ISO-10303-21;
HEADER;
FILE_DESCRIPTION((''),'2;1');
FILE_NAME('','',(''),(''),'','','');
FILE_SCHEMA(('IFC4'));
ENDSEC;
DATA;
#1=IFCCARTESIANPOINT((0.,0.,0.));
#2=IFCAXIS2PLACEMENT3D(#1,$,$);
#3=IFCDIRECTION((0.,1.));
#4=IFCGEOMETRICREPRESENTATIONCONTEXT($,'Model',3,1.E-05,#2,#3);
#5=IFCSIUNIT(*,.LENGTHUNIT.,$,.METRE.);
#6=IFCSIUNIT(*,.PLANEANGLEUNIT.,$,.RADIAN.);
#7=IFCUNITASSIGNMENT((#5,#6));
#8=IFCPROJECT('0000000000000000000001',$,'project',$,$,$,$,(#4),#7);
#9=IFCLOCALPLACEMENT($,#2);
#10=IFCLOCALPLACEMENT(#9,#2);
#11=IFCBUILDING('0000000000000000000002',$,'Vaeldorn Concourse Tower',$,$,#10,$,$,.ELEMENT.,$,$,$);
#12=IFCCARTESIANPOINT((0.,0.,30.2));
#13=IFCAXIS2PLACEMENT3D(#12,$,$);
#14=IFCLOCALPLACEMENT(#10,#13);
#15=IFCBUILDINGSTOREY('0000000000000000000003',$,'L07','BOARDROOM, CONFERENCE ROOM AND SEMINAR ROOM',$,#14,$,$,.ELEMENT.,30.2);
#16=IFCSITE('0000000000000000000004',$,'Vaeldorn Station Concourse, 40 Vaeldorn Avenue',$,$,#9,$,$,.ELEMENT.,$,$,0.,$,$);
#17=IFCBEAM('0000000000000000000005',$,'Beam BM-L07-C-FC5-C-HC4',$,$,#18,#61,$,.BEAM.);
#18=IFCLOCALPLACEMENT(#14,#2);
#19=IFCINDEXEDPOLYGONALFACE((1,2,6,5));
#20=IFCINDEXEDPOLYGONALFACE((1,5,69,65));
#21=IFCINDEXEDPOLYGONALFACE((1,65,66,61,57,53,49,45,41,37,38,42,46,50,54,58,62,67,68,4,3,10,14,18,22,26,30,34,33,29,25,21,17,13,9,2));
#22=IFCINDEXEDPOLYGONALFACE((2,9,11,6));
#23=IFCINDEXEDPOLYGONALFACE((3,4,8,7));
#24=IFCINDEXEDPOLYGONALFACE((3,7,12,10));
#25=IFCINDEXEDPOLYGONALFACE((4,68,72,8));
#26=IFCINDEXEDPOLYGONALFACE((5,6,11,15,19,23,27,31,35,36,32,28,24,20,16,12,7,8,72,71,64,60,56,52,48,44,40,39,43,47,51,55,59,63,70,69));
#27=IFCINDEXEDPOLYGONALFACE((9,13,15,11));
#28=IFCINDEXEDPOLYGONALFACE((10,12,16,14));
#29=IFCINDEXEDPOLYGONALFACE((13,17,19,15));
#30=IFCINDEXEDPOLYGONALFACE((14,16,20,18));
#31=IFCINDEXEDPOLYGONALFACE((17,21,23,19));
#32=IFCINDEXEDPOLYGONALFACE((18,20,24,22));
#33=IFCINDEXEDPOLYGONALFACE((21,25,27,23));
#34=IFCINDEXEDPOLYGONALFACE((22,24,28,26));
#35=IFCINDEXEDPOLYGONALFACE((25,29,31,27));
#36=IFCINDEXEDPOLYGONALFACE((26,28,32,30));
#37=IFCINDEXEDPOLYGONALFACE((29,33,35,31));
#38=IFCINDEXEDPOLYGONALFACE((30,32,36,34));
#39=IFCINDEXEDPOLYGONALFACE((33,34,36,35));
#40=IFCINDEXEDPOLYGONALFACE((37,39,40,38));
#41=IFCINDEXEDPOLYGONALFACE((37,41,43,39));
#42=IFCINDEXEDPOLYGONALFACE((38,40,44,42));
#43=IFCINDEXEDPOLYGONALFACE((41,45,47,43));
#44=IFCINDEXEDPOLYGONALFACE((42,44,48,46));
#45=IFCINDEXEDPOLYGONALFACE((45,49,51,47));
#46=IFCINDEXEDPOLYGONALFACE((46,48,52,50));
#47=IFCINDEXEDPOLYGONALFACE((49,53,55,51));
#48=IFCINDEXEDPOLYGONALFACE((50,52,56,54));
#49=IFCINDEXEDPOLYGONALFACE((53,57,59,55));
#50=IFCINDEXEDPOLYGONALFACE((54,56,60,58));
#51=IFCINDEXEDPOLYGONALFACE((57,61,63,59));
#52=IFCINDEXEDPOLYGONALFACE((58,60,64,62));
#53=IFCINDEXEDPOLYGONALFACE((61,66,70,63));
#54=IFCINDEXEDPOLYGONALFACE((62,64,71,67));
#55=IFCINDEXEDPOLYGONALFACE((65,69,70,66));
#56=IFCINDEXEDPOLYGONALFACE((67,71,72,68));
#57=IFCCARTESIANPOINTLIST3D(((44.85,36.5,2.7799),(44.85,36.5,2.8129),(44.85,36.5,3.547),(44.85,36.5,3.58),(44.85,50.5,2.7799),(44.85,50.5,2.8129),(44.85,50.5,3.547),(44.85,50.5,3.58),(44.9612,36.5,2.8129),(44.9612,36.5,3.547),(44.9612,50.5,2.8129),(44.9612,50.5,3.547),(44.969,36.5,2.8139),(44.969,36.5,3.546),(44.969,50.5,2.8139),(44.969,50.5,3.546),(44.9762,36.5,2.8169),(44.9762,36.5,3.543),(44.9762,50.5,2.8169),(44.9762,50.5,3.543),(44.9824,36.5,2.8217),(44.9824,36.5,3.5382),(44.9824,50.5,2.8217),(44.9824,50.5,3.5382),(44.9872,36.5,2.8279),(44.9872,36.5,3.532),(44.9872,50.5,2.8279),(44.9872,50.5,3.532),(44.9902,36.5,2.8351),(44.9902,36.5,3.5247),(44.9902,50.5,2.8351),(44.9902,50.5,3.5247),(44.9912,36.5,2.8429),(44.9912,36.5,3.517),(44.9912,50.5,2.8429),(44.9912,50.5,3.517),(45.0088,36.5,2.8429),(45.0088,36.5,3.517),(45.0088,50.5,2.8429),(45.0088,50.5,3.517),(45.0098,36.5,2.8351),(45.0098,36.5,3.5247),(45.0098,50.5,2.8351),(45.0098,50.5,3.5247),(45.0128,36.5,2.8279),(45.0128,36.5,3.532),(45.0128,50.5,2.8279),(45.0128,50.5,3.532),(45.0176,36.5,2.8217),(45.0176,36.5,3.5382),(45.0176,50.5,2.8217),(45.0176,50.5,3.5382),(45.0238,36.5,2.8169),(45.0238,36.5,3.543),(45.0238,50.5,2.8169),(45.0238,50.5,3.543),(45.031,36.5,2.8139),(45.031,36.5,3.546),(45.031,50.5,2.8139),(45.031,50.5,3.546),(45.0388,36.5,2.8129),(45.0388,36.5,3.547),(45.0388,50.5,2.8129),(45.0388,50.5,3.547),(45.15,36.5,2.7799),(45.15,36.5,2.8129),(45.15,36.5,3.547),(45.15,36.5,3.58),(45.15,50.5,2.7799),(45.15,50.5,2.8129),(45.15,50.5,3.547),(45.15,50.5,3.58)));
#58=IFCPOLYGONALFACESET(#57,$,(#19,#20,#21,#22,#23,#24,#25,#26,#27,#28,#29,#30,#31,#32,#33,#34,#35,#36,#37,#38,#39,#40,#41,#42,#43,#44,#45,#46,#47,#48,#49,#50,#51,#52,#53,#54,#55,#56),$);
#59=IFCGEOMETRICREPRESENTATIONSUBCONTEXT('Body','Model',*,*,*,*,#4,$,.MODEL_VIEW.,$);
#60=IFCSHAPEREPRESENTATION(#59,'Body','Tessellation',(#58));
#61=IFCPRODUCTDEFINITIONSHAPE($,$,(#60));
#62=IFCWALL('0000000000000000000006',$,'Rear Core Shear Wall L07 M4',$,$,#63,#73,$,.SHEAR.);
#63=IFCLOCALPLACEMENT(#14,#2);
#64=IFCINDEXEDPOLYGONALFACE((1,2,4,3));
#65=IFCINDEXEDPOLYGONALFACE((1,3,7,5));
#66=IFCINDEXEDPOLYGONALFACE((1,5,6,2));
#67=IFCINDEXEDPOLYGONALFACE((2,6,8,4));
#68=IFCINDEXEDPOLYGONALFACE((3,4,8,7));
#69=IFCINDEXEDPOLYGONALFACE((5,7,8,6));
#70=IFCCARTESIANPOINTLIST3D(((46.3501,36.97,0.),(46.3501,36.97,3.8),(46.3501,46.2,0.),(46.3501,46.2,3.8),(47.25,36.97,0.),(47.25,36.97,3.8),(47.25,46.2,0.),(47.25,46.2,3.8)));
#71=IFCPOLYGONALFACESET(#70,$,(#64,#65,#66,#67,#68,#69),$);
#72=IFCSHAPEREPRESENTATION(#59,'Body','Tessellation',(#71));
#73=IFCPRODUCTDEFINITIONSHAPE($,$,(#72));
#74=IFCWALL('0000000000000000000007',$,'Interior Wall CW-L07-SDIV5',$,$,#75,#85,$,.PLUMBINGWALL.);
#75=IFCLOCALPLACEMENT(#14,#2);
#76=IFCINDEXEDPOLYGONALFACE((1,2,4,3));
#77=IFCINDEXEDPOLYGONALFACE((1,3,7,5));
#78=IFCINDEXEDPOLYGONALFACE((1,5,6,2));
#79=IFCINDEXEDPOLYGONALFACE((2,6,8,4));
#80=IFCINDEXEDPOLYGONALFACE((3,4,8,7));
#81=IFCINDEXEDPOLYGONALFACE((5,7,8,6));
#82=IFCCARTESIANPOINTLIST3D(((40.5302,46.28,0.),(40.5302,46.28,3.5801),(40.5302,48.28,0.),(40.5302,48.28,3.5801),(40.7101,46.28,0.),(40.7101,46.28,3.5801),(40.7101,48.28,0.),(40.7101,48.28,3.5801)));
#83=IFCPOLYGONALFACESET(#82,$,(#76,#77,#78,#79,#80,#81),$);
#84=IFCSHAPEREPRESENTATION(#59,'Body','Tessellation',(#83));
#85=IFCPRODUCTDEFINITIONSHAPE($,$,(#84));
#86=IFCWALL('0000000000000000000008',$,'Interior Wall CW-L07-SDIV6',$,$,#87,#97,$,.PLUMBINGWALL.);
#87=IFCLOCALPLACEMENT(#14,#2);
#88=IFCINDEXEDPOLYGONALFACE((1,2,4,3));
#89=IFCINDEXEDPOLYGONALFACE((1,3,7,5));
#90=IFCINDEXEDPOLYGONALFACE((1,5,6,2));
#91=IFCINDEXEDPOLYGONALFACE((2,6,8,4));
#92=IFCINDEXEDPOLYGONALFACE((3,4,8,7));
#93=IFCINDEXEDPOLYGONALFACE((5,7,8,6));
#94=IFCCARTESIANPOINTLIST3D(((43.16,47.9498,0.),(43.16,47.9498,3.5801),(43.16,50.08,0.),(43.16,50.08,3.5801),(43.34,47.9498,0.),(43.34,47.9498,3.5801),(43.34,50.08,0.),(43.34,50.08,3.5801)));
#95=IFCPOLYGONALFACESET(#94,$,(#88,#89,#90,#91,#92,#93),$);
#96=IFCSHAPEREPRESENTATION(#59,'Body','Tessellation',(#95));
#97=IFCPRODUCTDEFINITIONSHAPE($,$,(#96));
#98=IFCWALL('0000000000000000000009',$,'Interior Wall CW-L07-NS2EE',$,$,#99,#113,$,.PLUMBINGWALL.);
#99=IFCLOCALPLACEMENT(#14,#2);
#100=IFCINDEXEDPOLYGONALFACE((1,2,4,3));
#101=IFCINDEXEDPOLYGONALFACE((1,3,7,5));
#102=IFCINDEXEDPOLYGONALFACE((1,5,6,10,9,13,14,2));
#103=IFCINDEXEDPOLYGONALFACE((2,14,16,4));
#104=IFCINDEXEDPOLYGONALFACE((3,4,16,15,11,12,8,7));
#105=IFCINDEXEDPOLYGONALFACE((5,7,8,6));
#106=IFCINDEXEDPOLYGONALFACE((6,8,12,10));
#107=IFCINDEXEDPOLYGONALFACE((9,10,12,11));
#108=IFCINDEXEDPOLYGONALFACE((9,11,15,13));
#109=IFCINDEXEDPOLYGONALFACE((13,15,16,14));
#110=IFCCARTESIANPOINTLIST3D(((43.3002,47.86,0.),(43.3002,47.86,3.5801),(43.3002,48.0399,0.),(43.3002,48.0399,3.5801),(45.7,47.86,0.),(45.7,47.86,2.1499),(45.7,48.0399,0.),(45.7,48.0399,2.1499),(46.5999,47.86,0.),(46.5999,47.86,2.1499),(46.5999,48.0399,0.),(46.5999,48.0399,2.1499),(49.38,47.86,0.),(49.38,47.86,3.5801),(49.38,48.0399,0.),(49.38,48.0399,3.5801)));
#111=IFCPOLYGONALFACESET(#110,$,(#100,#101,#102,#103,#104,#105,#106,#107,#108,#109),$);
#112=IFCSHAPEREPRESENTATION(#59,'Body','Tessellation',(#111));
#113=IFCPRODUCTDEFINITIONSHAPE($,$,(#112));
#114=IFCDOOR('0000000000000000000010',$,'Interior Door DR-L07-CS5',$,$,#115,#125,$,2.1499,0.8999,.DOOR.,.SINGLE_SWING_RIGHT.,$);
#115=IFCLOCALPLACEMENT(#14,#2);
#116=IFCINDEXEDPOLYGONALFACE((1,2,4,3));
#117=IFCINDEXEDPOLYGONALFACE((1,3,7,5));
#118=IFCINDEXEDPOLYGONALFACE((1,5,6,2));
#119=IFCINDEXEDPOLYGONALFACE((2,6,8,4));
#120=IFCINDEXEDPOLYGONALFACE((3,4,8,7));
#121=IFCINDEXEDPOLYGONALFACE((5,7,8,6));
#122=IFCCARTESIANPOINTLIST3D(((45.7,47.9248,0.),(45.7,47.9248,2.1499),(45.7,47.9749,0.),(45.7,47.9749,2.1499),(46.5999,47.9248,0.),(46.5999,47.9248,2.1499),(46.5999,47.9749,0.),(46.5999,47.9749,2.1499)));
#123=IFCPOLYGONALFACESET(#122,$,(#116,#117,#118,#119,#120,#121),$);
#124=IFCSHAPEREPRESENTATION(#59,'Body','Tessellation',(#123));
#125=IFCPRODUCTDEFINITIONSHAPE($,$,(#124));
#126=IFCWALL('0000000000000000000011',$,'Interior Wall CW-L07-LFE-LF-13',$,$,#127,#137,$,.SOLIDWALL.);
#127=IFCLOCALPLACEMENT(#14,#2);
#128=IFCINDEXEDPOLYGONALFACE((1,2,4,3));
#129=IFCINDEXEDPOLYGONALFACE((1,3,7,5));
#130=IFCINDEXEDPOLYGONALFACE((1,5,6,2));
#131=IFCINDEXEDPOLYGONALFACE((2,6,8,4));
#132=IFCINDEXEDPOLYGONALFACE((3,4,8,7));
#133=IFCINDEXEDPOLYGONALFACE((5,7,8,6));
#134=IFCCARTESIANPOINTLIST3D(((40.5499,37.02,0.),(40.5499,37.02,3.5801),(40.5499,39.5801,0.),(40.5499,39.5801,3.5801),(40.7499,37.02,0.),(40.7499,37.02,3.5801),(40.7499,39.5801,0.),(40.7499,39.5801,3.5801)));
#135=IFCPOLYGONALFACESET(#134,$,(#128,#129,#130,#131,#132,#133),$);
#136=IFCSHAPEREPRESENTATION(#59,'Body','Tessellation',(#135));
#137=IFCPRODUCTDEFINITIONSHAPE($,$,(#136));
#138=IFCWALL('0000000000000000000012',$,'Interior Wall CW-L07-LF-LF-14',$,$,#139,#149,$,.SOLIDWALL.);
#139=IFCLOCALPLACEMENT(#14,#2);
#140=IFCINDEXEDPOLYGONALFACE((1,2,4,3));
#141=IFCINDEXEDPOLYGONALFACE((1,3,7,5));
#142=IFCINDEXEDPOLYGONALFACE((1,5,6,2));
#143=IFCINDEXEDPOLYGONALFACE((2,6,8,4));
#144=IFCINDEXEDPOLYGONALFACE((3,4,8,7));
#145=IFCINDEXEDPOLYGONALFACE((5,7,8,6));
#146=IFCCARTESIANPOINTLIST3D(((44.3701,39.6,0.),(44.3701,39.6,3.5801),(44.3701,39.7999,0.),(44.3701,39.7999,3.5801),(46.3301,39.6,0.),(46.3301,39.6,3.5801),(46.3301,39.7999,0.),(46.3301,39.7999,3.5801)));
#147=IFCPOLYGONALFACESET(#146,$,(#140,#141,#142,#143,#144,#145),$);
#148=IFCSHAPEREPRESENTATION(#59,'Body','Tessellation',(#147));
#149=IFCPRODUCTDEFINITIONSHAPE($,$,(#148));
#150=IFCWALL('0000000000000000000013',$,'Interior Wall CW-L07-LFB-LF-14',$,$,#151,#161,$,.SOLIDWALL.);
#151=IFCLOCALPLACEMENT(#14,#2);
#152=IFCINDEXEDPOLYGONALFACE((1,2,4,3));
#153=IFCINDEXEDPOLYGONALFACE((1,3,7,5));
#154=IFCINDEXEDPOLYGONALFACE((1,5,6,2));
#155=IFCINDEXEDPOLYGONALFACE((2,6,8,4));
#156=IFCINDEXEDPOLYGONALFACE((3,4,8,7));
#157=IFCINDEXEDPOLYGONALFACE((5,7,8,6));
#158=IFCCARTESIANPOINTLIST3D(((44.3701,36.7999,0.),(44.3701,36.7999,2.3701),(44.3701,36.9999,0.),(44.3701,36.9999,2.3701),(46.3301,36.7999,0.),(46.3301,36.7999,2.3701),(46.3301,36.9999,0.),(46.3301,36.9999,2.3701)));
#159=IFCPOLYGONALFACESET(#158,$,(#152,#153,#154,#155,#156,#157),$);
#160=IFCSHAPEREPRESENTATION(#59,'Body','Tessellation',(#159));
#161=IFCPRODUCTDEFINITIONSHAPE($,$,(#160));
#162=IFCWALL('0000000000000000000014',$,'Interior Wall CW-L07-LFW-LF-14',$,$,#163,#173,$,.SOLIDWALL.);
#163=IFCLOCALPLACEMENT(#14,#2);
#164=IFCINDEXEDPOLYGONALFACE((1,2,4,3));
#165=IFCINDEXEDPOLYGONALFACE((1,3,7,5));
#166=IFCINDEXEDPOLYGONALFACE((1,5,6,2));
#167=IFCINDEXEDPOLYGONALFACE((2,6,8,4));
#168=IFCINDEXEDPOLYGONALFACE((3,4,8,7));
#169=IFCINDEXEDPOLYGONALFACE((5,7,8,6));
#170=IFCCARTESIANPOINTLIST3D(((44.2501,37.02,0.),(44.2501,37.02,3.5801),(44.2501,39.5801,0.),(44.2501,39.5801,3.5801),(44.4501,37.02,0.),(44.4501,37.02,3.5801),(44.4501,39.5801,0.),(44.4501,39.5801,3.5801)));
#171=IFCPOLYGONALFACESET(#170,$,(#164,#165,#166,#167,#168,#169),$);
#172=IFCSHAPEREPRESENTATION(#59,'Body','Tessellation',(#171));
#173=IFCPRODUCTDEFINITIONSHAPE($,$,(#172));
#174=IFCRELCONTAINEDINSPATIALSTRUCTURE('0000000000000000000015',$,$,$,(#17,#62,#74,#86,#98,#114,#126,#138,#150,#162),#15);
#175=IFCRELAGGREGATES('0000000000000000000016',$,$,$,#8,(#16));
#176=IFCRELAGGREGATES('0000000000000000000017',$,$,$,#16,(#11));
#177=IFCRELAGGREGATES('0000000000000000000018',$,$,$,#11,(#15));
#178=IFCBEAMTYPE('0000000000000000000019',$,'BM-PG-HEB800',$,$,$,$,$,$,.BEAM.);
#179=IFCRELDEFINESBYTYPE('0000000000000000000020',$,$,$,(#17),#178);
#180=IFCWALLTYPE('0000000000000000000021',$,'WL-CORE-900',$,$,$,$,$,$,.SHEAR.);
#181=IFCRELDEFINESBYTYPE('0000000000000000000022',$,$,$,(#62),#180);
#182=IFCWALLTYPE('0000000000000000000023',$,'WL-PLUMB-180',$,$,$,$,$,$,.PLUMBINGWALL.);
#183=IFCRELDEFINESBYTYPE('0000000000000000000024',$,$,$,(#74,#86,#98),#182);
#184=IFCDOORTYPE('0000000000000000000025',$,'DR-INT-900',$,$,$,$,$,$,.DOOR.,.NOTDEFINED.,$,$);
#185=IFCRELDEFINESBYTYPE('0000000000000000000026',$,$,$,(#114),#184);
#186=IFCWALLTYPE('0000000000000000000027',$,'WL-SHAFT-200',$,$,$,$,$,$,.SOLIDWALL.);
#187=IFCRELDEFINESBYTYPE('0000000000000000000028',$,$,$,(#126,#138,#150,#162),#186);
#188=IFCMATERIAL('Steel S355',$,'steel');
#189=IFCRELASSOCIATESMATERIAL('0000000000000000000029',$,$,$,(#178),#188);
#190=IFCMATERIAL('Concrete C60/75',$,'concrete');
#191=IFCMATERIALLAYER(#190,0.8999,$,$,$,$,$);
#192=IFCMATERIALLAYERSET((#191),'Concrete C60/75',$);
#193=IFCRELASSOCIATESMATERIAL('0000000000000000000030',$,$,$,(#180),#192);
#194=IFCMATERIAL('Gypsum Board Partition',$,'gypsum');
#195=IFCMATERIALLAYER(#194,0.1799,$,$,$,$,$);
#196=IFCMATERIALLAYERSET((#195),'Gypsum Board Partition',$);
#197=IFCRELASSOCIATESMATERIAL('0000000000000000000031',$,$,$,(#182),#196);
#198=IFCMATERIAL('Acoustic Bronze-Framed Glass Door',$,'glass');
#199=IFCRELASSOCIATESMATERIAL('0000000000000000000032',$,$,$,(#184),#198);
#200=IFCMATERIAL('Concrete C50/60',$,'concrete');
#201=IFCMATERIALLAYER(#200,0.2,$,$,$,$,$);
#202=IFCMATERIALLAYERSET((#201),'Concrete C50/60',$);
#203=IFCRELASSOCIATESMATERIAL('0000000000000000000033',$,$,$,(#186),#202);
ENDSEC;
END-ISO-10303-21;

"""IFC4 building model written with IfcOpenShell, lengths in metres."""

from ifc_helpers import new_model, si_unit, direction, frame, frame_2d, origin, origin_2d, place, context, subcontext, project, spatial, rectangle, i_section, extrude, source, transform, mapped, material, layer, layer_set, material_profile, profile_set, type_object, element, fill, save


model = new_model("IFC4")

# Units and contexts
model_context = context("Model", 3, precision=1e-05, world=origin(), true_north=direction((0.0, 1.0)))
body_context = subcontext(model_context, "Body", "Model", "MODEL_VIEW")
ifc_project = project(units=[si_unit("LENGTHUNIT", "METRE"), si_unit("PLANEANGLEUNIT", "RADIAN")], contexts=[model_context])

# Site, building, storey
site_placement = place(None, origin())
site = spatial("IfcSite", under=ifc_project, at=site_placement, Name="Vaeldorn Station Concourse, 40 Vaeldorn Avenue", CompositionType="ELEMENT", RefElevation=0.0)
building_placement = place(site_placement, origin())
building = spatial("IfcBuilding", under=site, at=building_placement, Name="Vaeldorn Concourse Tower", CompositionType="ELEMENT")
storey_placement = place(building_placement, frame((0.0, 0.0, 30.2)))
storey = spatial("IfcBuildingStorey", under=building, at=storey_placement, Name="L07", Description="BOARDROOM, CONFERENCE ROOM AND SEMINAR ROOM", CompositionType="ELEMENT", Elevation=30.2)

# Beam
ifc_material_1 = material(Name="Concrete C60/75", Category="concrete")
ifc_material_2 = material(Name="Steel S355", Category="steel")
ifc_material_profile_1 = material_profile(ifc_material_2, i_section(OverallWidth=0.3, OverallDepth=0.8, WebThickness=0.0176, FlangeThickness=0.033, FilletRadius=0.03, at=origin_2d()), Name="HEB 800")
ifc_profile_set_1 = profile_set([ifc_material_profile_1], Name="Steel S355")
beam_type_1 = type_object("IfcBeamType", Name="BM-PG-HEB800", PredefinedType="BEAM", material=ifc_profile_set_1)
shared_shape_1 = source(origin(), body_context, "Body", "SweptSolid", [
    extrude(i_section(OverallWidth=0.3, OverallDepth=0.8, WebThickness=0.0176, FlangeThickness=0.033, FilletRadius=0.03, at=origin_2d()), origin(), (0.0, 0.0, 1.0), 14.0),
])
beam_1_placement = place(storey_placement, frame((45.0, 36.5, 3.1799), z_axis=(0.0, 1.0, 0.0), x_axis=(-1.0, 0.0, 0.0)))
element("IfcBeam", 1, at=beam_1_placement, inside=storey, type_object=beam_type_1, Name="Beam BM-L07-C-FC5-C-HC4", PredefinedType="BEAM", context=body_context, shape_type="MappedRepresentation", body=[
    mapped(shared_shape_1, transform((0.0, 0.0, 0.0), scale=1.0)),
])

# Walls
ifc_layer_1 = layer(ifc_material_1, 0.8999)
ifc_layer_set_1 = layer_set([ifc_layer_1], Name="Concrete C60/75")
wall_type_1 = type_object("IfcWallType", Name="WL-CORE-900", PredefinedType="SHEAR", material=ifc_layer_set_1)
wall_1_placement = place(storey_placement, frame((46.8, 36.97, 0.0), z_axis=(0.0, 0.0, 1.0), x_axis=(0.0, 1.0, 0.0)))
element("IfcWall", 2, at=wall_1_placement, inside=storey, type_object=wall_type_1, Name="Rear Core Shear Wall L07 M4", PredefinedType="SHEAR", context=body_context, shape_type="SweptSolid", body=[
    extrude(rectangle(XDim=9.23, YDim=0.8999, at=frame_2d((4.615, 0.0))), origin(), (0.0, 0.0, 1.0), 3.8),
])
ifc_material_3 = material(Name="Gypsum Board Partition", Category="gypsum")
ifc_layer_2 = layer(ifc_material_3, 0.1799)
ifc_layer_set_2 = layer_set([ifc_layer_2], Name="Gypsum Board Partition")
wall_type_2 = type_object("IfcWallType", Name="WL-PLUMB-180", PredefinedType="PLUMBINGWALL", material=ifc_layer_set_2)
wall_2_placement = place(storey_placement, frame((40.6201, 46.28, 0.0), z_axis=(0.0, 0.0, 1.0), x_axis=(0.0, 1.0, 0.0)))
element("IfcWall", 3, at=wall_2_placement, inside=storey, type_object=wall_type_2, Name="Interior Wall CW-L07-SDIV5", PredefinedType="PLUMBINGWALL", context=body_context, shape_type="SweptSolid", body=[
    extrude(rectangle(XDim=2.0, YDim=0.1799, at=frame_2d((1.0, 0.0))), origin(), (0.0, 0.0, 1.0), 3.5801),
])
wall_3_placement = place(storey_placement, frame((43.25, 47.95, 0.0), z_axis=(0.0, 0.0, 1.0), x_axis=(0.0, 1.0, 0.0)))
element("IfcWall", 4, at=wall_3_placement, inside=storey, type_object=wall_type_2, Name="Interior Wall CW-L07-SDIV6", PredefinedType="PLUMBINGWALL", context=body_context, shape_type="SweptSolid", body=[
    extrude(rectangle(XDim=2.1301, YDim=0.1799, at=frame_2d((1.0649, 0.0))), origin(), (0.0, 0.0, 1.0), 3.5801),
])

# Wall, opening, door
wall_4_placement = place(storey_placement, frame((43.3, 47.95, 0.0), z_axis=(0.0, 0.0, 1.0), x_axis=(1.0, 0.0, 0.0)))
wall_4 = element("IfcWall", 5, at=wall_4_placement, inside=storey, type_object=wall_type_2, Name="Interior Wall CW-L07-NS2EE", PredefinedType="PLUMBINGWALL", context=body_context, shape_type="SweptSolid", body=[
    extrude(rectangle(XDim=6.0798, YDim=0.1799, at=frame_2d((3.04, 0.0))), origin(), (0.0, 0.0, 1.0), 3.5801),
])
opening_1_placement = place(wall_4_placement, frame((2.3999, 0.0, 0.0)))
opening_1 = element("IfcOpeningElement", 6, at=opening_1_placement, cuts=wall_4, PredefinedType="OPENING", context=body_context, shape_type="SweptSolid", body=[
    extrude(rectangle(XDim=0.8999, YDim=2.1499, at=frame_2d((0.45, 1.075))), frame((0.0, 0.1001, 0.0), z_axis=(0.0, -1.0, 0.0), x_axis=(1.0, 0.0, 0.0)), (0.0, 0.0, 1.0), 0.2),
])
ifc_material_4 = material(Name="Acoustic Bronze-Framed Glass Door", Category="glass")
door_type_1 = type_object("IfcDoorType", Name="DR-INT-900", OperationType="NOTDEFINED", PredefinedType="DOOR", material=ifc_material_4)
shared_shape_2 = source(origin(), body_context, "Body", "SweptSolid", [
    extrude(rectangle(XDim=0.8999, YDim=2.1499, at=frame_2d((0.45, 1.075))), frame((0.0, 0.0249, 0.0), z_axis=(0.0, -1.0, 0.0), x_axis=(1.0, 0.0, 0.0)), (0.0, 0.0, 1.0), 0.05),
])
door_1_placement = place(opening_1_placement, origin())
door_1 = element("IfcDoor", 7, at=door_1_placement, inside=storey, type_object=door_type_1, Name="Interior Door DR-L07-CS5", OperationType="SINGLE_SWING_RIGHT", OverallHeight=2.1499, OverallWidth=0.8999, PredefinedType="DOOR", context=body_context, shape_type="MappedRepresentation", body=[
    mapped(shared_shape_2, transform((0.0, 0.0, 0.0), scale=1.0)),
])
fill(opening_1, door_1)
ifc_material_5 = material(Name="Concrete C50/60", Category="concrete")
ifc_layer_3 = layer(ifc_material_5, 0.2)
ifc_layer_set_3 = layer_set([ifc_layer_3], Name="Concrete C50/60")
wall_type_3 = type_object("IfcWallType", Name="WL-SHAFT-200", PredefinedType="SOLIDWALL", material=ifc_layer_set_3)

# Walls
wall_5_placement = place(storey_placement, frame((40.6499, 37.02, 0.0), z_axis=(0.0, 0.0, 1.0), x_axis=(0.0, 1.0, 0.0)))
element("IfcWall", 8, at=wall_5_placement, inside=storey, type_object=wall_type_3, Name="Interior Wall CW-L07-LFE-LF-13", PredefinedType="SOLIDWALL", context=body_context, shape_type="SweptSolid", body=[
    extrude(rectangle(XDim=2.5601, YDim=0.2, at=frame_2d((1.28, 0.0))), origin(), (0.0, 0.0, 1.0), 3.5801),
])
wall_6_placement = place(storey_placement, frame((44.3701, 39.7, 0.0), z_axis=(0.0, 0.0, 1.0), x_axis=(1.0, 0.0, 0.0)))
element("IfcWall", 9, at=wall_6_placement, inside=storey, type_object=wall_type_3, Name="Interior Wall CW-L07-LF-LF-14", PredefinedType="SOLIDWALL", context=body_context, shape_type="SweptSolid", body=[
    extrude(rectangle(XDim=1.96, YDim=0.2, at=frame_2d((0.98, 0.0))), origin(), (0.0, 0.0, 1.0), 3.5801),
])
wall_7_placement = place(storey_placement, frame((44.3701, 36.8999, 0.0), z_axis=(0.0, 0.0, 1.0), x_axis=(1.0, 0.0, 0.0)))
element("IfcWall", 10, at=wall_7_placement, inside=storey, type_object=wall_type_3, Name="Interior Wall CW-L07-LFB-LF-14", PredefinedType="SOLIDWALL", context=body_context, shape_type="SweptSolid", body=[
    extrude(rectangle(XDim=1.96, YDim=0.2, at=frame_2d((0.98, 0.0))), origin(), (0.0, 0.0, 1.0), 2.3701),
])
wall_8_placement = place(storey_placement, frame((44.3501, 37.02, 0.0), z_axis=(0.0, 0.0, 1.0), x_axis=(0.0, 1.0, 0.0)))
element("IfcWall", 11, at=wall_8_placement, inside=storey, type_object=wall_type_3, Name="Interior Wall CW-L07-LFW-LF-14", PredefinedType="SOLIDWALL", context=body_context, shape_type="SweptSolid", body=[
    extrude(rectangle(XDim=2.5601, YDim=0.2, at=frame_2d((1.28, 0.0))), origin(), (0.0, 0.0, 1.0), 3.5801),
])

save(model, "model.ifc")
